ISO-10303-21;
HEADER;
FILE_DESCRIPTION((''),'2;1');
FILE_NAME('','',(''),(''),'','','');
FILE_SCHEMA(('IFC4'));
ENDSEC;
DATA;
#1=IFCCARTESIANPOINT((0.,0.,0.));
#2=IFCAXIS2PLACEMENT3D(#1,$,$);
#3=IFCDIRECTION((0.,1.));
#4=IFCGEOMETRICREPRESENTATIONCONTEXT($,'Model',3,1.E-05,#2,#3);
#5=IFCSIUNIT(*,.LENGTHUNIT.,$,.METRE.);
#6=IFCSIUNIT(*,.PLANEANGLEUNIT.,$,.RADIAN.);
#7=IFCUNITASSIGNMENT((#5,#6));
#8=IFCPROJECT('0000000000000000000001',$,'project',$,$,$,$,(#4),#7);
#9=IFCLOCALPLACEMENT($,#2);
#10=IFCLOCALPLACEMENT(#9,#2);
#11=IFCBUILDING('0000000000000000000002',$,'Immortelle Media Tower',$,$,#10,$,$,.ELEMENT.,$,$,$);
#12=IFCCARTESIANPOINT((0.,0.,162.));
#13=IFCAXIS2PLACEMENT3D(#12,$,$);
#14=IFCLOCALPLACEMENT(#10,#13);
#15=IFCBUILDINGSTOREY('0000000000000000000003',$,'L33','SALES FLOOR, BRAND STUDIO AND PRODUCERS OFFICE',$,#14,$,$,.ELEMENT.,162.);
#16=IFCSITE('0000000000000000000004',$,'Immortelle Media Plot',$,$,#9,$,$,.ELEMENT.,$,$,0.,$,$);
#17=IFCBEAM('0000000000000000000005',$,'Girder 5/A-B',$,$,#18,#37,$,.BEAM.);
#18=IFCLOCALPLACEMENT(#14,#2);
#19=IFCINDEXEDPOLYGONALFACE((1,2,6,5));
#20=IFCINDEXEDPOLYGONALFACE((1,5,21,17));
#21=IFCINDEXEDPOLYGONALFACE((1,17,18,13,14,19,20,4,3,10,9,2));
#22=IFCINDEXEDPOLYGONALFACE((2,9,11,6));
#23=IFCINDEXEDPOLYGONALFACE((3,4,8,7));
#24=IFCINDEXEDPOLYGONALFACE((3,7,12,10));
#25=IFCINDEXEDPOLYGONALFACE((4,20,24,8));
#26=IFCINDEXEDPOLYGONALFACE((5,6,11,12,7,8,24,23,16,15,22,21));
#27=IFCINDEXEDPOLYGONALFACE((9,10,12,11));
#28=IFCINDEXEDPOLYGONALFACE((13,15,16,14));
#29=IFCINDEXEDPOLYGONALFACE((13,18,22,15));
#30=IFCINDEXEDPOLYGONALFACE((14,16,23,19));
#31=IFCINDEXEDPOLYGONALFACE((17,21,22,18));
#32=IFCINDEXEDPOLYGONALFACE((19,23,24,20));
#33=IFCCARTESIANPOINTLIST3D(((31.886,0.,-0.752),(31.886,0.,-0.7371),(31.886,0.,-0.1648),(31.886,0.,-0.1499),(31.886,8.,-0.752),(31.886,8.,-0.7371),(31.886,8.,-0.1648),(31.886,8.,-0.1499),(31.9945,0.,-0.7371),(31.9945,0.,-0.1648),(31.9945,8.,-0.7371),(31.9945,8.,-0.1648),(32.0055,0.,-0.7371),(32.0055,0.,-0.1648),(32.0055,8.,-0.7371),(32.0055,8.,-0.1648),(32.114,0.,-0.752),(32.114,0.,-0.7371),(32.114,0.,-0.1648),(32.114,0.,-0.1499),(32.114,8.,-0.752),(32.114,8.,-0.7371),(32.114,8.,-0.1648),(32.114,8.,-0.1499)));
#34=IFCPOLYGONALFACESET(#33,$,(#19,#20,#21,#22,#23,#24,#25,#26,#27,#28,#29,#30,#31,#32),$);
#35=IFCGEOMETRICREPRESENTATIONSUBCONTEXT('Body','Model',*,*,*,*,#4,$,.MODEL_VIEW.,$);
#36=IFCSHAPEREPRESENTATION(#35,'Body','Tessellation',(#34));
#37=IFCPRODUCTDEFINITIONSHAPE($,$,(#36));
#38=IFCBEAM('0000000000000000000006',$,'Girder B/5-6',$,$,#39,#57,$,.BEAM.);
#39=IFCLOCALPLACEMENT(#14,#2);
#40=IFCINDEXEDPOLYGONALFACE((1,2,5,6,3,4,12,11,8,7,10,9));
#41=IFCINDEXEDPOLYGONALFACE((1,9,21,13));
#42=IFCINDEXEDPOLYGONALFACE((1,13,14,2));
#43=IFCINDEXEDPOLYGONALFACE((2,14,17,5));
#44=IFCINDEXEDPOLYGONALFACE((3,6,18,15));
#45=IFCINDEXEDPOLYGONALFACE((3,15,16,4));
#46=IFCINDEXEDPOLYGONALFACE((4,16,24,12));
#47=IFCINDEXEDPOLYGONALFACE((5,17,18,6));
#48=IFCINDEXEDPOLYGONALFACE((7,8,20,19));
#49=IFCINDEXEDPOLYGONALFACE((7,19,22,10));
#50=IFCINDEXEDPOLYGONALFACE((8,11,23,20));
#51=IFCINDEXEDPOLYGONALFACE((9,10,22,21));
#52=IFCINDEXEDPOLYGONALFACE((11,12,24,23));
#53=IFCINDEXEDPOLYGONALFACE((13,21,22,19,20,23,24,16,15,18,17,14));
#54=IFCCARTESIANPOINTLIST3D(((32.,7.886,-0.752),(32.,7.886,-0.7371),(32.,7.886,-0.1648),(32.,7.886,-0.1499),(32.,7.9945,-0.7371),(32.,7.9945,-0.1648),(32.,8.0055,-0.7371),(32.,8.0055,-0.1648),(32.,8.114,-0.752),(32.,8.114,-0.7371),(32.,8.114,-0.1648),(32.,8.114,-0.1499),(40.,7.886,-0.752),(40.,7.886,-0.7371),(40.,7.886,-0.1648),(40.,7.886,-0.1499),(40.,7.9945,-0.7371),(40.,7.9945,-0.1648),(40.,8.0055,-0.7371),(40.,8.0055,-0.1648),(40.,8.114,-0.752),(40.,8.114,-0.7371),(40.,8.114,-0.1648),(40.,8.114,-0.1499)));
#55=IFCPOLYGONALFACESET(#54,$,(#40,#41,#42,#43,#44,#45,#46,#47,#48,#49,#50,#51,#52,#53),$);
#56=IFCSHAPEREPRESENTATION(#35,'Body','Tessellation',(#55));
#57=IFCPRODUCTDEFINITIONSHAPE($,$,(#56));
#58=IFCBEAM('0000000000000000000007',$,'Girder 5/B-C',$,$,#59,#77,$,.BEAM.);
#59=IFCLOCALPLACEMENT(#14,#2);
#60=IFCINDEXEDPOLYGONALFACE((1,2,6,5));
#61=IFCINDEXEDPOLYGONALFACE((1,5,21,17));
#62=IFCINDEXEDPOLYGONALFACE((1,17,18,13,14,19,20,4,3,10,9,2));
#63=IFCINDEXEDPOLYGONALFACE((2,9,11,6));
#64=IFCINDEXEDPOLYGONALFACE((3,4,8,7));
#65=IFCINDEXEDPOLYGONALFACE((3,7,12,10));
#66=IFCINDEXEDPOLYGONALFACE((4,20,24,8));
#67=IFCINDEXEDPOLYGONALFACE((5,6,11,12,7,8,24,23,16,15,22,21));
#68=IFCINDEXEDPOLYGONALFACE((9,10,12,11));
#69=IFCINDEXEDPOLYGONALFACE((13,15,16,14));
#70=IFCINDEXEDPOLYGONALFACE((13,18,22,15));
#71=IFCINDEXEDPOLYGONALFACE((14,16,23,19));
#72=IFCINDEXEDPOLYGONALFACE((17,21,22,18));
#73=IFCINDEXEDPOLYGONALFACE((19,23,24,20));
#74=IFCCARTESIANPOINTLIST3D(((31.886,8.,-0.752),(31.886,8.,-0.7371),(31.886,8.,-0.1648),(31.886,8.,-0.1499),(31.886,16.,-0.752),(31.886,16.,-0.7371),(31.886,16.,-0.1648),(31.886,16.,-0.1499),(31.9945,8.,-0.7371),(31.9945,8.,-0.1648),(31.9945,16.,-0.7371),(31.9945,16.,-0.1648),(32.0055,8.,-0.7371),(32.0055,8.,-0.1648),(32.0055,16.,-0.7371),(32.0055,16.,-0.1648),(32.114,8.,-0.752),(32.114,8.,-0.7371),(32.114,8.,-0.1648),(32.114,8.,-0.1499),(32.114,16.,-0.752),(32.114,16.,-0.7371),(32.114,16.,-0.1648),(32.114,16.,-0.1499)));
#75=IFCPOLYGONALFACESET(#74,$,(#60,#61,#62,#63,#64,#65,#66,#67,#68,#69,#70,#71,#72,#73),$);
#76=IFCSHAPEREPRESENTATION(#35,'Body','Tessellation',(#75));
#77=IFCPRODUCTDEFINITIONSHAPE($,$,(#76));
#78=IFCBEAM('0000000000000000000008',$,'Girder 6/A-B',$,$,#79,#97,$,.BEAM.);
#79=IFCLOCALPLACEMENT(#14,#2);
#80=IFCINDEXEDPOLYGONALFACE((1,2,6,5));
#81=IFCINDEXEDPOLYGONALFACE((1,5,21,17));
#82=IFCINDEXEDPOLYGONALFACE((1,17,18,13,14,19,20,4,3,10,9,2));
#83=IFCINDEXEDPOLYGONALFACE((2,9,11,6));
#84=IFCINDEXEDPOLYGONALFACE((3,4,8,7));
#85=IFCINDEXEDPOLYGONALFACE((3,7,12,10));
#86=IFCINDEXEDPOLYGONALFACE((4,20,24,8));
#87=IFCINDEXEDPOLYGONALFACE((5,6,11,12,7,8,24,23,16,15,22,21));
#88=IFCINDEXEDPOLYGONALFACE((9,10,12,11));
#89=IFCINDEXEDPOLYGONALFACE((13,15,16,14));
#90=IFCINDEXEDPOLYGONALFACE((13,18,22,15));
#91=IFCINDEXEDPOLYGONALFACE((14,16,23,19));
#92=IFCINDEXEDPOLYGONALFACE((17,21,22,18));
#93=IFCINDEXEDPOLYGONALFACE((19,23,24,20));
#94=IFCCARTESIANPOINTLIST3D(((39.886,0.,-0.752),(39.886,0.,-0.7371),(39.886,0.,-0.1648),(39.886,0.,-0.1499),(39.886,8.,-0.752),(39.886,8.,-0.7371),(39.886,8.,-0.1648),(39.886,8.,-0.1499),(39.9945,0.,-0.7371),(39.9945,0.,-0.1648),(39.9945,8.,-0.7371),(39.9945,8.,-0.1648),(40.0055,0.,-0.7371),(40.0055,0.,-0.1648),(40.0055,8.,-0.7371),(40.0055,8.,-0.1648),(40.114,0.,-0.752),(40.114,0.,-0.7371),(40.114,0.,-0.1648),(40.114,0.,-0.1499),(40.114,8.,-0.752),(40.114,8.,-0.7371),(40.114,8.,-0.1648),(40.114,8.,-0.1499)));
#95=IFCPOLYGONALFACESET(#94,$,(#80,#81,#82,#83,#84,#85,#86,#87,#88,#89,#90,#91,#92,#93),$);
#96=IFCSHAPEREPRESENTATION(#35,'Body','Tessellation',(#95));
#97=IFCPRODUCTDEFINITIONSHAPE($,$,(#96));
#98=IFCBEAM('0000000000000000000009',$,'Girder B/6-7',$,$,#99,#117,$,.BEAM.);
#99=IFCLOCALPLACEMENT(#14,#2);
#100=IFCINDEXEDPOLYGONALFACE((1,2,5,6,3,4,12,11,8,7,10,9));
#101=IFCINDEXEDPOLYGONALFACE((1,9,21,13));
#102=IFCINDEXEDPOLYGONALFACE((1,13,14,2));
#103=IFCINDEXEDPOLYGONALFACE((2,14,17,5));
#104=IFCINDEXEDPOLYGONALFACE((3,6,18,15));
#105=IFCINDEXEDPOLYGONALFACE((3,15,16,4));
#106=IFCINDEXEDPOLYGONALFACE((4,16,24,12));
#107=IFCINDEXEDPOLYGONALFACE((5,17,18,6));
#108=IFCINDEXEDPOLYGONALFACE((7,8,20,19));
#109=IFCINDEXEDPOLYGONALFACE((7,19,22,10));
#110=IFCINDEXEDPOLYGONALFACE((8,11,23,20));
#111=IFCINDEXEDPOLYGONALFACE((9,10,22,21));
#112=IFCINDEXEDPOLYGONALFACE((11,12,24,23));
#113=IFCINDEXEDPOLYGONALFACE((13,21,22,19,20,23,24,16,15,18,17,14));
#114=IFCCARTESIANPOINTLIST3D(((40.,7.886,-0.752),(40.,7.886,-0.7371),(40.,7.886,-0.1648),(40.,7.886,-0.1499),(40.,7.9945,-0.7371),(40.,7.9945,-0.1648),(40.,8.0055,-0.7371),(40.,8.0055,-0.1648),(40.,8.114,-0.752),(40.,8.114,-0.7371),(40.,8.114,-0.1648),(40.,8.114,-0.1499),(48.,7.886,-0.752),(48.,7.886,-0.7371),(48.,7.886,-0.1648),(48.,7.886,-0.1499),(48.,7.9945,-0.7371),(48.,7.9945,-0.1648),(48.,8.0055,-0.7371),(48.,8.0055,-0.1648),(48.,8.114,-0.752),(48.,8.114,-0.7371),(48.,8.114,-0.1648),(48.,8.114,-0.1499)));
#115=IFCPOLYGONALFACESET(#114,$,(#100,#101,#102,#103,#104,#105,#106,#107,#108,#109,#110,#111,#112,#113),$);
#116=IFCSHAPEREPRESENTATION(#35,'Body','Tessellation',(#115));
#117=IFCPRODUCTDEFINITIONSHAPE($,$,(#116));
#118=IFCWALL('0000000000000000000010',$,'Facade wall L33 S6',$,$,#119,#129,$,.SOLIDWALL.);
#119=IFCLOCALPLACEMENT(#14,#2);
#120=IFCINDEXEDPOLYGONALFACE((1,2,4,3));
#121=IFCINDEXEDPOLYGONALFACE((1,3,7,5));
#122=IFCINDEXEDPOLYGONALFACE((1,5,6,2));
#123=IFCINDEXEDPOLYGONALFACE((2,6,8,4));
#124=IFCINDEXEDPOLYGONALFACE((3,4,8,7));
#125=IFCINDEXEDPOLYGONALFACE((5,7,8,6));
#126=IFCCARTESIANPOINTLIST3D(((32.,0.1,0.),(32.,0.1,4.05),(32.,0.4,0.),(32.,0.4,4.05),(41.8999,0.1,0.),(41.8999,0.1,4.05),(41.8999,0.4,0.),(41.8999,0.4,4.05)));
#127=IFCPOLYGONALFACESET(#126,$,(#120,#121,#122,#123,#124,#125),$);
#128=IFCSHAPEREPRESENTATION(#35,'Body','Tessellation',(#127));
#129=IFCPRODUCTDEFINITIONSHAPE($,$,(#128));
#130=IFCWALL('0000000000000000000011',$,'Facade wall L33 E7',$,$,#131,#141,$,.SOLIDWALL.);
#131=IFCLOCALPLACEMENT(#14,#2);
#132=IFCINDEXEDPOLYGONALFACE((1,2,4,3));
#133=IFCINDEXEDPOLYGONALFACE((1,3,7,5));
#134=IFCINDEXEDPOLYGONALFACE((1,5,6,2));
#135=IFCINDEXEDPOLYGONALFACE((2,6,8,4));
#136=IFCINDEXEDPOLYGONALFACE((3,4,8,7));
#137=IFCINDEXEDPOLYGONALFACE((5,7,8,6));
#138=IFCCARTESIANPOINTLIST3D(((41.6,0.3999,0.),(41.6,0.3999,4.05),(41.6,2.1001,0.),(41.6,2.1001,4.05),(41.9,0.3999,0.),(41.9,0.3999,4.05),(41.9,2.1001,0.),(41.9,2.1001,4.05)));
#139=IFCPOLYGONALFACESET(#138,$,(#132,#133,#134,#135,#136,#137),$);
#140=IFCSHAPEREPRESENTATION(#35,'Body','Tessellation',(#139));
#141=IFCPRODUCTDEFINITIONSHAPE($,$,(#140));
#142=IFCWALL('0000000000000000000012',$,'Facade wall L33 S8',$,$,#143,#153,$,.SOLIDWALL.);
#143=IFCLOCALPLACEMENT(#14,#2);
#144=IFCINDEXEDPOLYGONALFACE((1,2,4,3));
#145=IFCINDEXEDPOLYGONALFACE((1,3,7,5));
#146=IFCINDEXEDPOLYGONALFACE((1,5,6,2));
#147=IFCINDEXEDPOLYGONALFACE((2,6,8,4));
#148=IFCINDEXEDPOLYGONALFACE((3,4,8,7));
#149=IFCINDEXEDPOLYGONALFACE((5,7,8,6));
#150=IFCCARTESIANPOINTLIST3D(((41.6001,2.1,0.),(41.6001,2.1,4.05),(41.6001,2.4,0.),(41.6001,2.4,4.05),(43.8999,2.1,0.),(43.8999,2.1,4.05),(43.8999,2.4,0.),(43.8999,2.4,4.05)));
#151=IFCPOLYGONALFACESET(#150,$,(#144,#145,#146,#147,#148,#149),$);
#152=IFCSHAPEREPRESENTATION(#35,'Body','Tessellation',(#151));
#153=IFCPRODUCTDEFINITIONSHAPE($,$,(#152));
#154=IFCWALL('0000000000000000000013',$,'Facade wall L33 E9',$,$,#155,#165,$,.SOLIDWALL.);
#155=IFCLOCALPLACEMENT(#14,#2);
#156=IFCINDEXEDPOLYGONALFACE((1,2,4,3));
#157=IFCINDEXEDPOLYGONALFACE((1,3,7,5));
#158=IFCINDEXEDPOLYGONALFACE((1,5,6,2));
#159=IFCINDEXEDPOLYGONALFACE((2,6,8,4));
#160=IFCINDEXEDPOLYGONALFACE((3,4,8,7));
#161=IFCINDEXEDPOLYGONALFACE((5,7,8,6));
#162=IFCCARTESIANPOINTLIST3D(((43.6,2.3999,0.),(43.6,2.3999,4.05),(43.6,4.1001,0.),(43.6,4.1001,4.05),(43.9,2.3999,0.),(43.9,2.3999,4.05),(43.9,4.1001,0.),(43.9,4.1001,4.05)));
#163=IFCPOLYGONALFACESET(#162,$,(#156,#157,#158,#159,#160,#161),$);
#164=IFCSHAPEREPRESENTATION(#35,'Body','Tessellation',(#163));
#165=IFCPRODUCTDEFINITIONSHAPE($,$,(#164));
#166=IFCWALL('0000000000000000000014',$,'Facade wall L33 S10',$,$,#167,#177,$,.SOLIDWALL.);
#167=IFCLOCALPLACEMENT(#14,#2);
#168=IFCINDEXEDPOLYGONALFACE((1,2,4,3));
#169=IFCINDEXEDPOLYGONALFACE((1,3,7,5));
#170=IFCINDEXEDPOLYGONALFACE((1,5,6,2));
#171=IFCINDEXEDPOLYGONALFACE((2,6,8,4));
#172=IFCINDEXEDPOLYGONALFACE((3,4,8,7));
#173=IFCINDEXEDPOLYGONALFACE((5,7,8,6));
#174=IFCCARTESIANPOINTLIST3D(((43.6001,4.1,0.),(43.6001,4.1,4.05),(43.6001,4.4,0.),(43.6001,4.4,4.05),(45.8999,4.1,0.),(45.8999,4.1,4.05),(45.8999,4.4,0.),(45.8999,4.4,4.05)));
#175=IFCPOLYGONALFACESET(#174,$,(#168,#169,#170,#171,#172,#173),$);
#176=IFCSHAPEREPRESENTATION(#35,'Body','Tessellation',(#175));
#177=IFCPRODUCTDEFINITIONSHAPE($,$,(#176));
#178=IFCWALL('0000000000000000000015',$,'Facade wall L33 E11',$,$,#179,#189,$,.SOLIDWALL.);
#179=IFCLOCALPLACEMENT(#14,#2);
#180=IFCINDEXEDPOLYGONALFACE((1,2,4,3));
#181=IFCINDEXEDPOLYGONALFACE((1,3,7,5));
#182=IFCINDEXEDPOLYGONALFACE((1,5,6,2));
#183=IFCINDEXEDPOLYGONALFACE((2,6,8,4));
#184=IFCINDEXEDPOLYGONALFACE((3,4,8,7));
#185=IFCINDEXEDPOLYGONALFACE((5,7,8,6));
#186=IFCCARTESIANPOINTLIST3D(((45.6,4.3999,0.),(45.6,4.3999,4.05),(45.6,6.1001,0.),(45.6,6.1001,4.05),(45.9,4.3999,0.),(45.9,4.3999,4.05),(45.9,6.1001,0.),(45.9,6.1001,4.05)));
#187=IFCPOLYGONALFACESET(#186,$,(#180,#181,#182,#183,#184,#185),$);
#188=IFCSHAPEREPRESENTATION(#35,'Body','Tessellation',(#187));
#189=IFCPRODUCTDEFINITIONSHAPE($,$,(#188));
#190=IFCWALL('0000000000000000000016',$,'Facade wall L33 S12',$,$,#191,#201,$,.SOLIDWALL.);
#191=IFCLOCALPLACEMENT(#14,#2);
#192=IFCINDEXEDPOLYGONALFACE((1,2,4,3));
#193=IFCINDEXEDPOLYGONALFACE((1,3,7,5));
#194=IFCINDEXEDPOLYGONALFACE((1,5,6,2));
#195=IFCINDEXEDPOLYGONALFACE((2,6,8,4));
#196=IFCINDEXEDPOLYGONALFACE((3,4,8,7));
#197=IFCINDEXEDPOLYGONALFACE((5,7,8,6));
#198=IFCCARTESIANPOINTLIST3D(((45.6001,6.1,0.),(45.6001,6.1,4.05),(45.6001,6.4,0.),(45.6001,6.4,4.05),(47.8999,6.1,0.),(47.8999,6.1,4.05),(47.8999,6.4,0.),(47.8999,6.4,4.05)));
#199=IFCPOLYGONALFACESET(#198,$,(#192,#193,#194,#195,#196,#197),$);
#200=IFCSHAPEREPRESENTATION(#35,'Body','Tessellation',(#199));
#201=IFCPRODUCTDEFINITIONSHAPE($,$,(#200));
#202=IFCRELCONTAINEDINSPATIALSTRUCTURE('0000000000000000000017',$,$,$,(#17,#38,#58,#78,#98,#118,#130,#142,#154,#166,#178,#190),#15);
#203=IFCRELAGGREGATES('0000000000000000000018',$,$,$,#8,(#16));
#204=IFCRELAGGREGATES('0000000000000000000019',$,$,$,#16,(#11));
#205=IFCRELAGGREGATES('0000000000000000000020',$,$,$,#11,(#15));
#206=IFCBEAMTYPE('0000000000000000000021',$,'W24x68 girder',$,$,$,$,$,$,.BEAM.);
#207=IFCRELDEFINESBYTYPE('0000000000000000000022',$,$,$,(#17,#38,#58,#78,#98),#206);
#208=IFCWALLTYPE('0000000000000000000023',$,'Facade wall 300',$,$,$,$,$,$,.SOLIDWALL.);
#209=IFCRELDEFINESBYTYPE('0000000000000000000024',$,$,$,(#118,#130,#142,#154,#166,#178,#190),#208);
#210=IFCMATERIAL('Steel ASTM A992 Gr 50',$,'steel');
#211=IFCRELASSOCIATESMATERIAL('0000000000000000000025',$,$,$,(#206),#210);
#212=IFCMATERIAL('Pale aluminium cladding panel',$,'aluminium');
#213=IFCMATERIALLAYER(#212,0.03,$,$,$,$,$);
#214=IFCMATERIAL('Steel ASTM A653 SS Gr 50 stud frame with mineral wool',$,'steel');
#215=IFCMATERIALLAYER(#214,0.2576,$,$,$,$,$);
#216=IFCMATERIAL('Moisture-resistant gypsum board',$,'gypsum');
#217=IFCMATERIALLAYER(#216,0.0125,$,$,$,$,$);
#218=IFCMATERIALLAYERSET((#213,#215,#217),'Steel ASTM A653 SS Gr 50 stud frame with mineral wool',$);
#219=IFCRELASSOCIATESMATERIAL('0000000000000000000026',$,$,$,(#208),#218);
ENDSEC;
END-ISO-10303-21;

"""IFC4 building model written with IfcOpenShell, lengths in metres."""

from ifc_helpers import new_model, si_unit, direction, frame, frame_2d, origin, origin_2d, place, context, subcontext, project, spatial, rectangle, i_section, extrude, material, layer, layer_set, material_profile, profile_set, type_object, element, save


model = new_model("IFC4")

# Units and contexts
model_context = context("Model", 3, precision=1e-05, world=origin(), true_north=direction((0.0, 1.0)))
body_context = subcontext(model_context, "Body", "Model", "MODEL_VIEW")
ifc_project = project(units=[si_unit("LENGTHUNIT", "METRE"), si_unit("PLANEANGLEUNIT", "RADIAN")], contexts=[model_context])

# Site, building, storey
site_placement = place(None, origin())
site = spatial("IfcSite", under=ifc_project, at=site_placement, Name="Immortelle Media Plot", CompositionType="ELEMENT", RefElevation=0.0)
building_placement = place(site_placement, origin())
building = spatial("IfcBuilding", under=site, at=building_placement, Name="Immortelle Media Tower", CompositionType="ELEMENT")
storey_placement = place(building_placement, frame((0.0, 0.0, 162.0)))
storey = spatial("IfcBuildingStorey", under=building, at=storey_placement, Name="L33", Description="SALES FLOOR, BRAND STUDIO AND PRODUCERS OFFICE", CompositionType="ELEMENT", Elevation=162.0)

# Shared definitions
ifc_material_1 = material(Name="Steel ASTM A992 Gr 50", Category="steel")

# Beams
ifc_material_profile_1 = material_profile(ifc_material_1, i_section(OverallWidth=0.228, OverallDepth=0.6021, WebThickness=0.011, FlangeThickness=0.0149, at=origin_2d()), Name="W24x68")
ifc_profile_set_1 = profile_set([ifc_material_profile_1], Name="Steel ASTM A992 Gr 50")
beam_type_1 = type_object("IfcBeamType", Name="W24x68 girder", PredefinedType="BEAM", material=ifc_profile_set_1)
for number, where, z_axis, x_axis, name in (
    (1, (32.0, 0.0, -0.4509), (0.0, 1.0, 0.0), (-1.0, 0.0, 0.0), "Girder 5/A-B"),
    (2, (32.0, 8.0, -0.4509), (1.0, 0.0, 0.0), (0.0, 1.0, 0.0), "Girder B/5-6"),
    (3, (32.0, 8.0, -0.4509), (0.0, 1.0, 0.0), (-1.0, 0.0, 0.0), "Girder 5/B-C"),
    (4, (40.0, 0.0, -0.4509), (0.0, 1.0, 0.0), (-1.0, 0.0, 0.0), "Girder 6/A-B"),
    (5, (40.0, 8.0, -0.4509), (1.0, 0.0, 0.0), (0.0, 1.0, 0.0), "Girder B/6-7"),
):
    element("IfcBeam", number, at=place(storey_placement, frame(where, z_axis=z_axis, x_axis=x_axis)), inside=storey, type_object=beam_type_1, Name=name, PredefinedType="BEAM", context=body_context, shape_type="SweptSolid", body=[
        extrude(i_section(OverallWidth=0.228, OverallDepth=0.6021, WebThickness=0.011, FlangeThickness=0.0149, at=origin_2d()), origin(), (0.0, 0.0, 1.0), 8.0),
    ])

# Walls
ifc_material_2 = material(Name="Pale aluminium cladding panel", Category="aluminium")
ifc_layer_1 = layer(ifc_material_2, 0.03)
ifc_material_3 = material(Name="Steel ASTM A653 SS Gr 50 stud frame with mineral wool", Category="steel")
ifc_layer_2 = layer(ifc_material_3, 0.2576)
ifc_material_4 = material(Name="Moisture-resistant gypsum board", Category="gypsum")
ifc_layer_3 = layer(ifc_material_4, 0.0125)
ifc_layer_set = layer_set([ifc_layer_1, ifc_layer_2, ifc_layer_3], Name="Steel ASTM A653 SS Gr 50 stud frame with mineral wool")
wall_type = type_object("IfcWallType", Name="Facade wall 300", PredefinedType="SOLIDWALL", material=ifc_layer_set)
wall_1_placement = place(storey_placement, frame((32.0, 0.25, 0.0), z_axis=(0.0, 0.0, 1.0), x_axis=(1.0, 0.0, 0.0)))
element("IfcWall", 6, at=wall_1_placement, inside=storey, type_object=wall_type, Name="Facade wall L33 S6", PredefinedType="SOLIDWALL", context=body_context, shape_type="SweptSolid", body=[
    extrude(rectangle(XDim=9.8999, YDim=0.3, at=frame_2d((4.95, 0.0))), origin(), (0.0, 0.0, 1.0), 4.05),
])
wall_2_placement = place(storey_placement, frame((41.75, 0.3999, 0.0), z_axis=(0.0, 0.0, 1.0), x_axis=(0.0, 1.0, 0.0)))
element("IfcWall", 7, at=wall_2_placement, inside=storey, type_object=wall_type, Name="Facade wall L33 E7", PredefinedType="SOLIDWALL", context=body_context, shape_type="SweptSolid", body=[
    extrude(rectangle(XDim=1.7002, YDim=0.3, at=frame_2d((0.8501, 0.0))), origin(), (0.0, 0.0, 1.0), 4.05),
])
wall_3_placement = place(storey_placement, frame((41.6001, 2.25, 0.0), z_axis=(0.0, 0.0, 1.0), x_axis=(1.0, 0.0, 0.0)))
element("IfcWall", 8, at=wall_3_placement, inside=storey, type_object=wall_type, Name="Facade wall L33 S8", PredefinedType="SOLIDWALL", context=body_context, shape_type="SweptSolid", body=[
    extrude(rectangle(XDim=2.2998, YDim=0.3, at=frame_2d((1.1499, 0.0))), origin(), (0.0, 0.0, 1.0), 4.05),
])
wall_4_placement = place(storey_placement, frame((43.75, 2.3999, 0.0), z_axis=(0.0, 0.0, 1.0), x_axis=(0.0, 1.0, 0.0)))
element("IfcWall", 9, at=wall_4_placement, inside=storey, type_object=wall_type, Name="Facade wall L33 E9", PredefinedType="SOLIDWALL", context=body_context, shape_type="SweptSolid", body=[
    extrude(rectangle(XDim=1.7002, YDim=0.3, at=frame_2d((0.8501, 0.0))), origin(), (0.0, 0.0, 1.0), 4.05),
])
wall_5_placement = place(storey_placement, frame((43.6001, 4.25, 0.0), z_axis=(0.0, 0.0, 1.0), x_axis=(1.0, 0.0, 0.0)))
element("IfcWall", 10, at=wall_5_placement, inside=storey, type_object=wall_type, Name="Facade wall L33 S10", PredefinedType="SOLIDWALL", context=body_context, shape_type="SweptSolid", body=[
    extrude(rectangle(XDim=2.2998, YDim=0.3, at=frame_2d((1.1499, 0.0))), origin(), (0.0, 0.0, 1.0), 4.05),
])
wall_6_placement = place(storey_placement, frame((45.75, 4.3999, 0.0), z_axis=(0.0, 0.0, 1.0), x_axis=(0.0, 1.0, 0.0)))
element("IfcWall", 11, at=wall_6_placement, inside=storey, type_object=wall_type, Name="Facade wall L33 E11", PredefinedType="SOLIDWALL", context=body_context, shape_type="SweptSolid", body=[
    extrude(rectangle(XDim=1.7002, YDim=0.3, at=frame_2d((0.8501, 0.0))), origin(), (0.0, 0.0, 1.0), 4.05),
])
wall_7_placement = place(storey_placement, frame((45.6001, 6.25, 0.0), z_axis=(0.0, 0.0, 1.0), x_axis=(1.0, 0.0, 0.0)))
element("IfcWall", 12, at=wall_7_placement, inside=storey, type_object=wall_type, Name="Facade wall L33 S12", PredefinedType="SOLIDWALL", context=body_context, shape_type="SweptSolid", body=[
    extrude(rectangle(XDim=2.2998, YDim=0.3, at=frame_2d((1.1499, 0.0))), origin(), (0.0, 0.0, 1.0), 4.05),
])

save(model, "model.ifc")
